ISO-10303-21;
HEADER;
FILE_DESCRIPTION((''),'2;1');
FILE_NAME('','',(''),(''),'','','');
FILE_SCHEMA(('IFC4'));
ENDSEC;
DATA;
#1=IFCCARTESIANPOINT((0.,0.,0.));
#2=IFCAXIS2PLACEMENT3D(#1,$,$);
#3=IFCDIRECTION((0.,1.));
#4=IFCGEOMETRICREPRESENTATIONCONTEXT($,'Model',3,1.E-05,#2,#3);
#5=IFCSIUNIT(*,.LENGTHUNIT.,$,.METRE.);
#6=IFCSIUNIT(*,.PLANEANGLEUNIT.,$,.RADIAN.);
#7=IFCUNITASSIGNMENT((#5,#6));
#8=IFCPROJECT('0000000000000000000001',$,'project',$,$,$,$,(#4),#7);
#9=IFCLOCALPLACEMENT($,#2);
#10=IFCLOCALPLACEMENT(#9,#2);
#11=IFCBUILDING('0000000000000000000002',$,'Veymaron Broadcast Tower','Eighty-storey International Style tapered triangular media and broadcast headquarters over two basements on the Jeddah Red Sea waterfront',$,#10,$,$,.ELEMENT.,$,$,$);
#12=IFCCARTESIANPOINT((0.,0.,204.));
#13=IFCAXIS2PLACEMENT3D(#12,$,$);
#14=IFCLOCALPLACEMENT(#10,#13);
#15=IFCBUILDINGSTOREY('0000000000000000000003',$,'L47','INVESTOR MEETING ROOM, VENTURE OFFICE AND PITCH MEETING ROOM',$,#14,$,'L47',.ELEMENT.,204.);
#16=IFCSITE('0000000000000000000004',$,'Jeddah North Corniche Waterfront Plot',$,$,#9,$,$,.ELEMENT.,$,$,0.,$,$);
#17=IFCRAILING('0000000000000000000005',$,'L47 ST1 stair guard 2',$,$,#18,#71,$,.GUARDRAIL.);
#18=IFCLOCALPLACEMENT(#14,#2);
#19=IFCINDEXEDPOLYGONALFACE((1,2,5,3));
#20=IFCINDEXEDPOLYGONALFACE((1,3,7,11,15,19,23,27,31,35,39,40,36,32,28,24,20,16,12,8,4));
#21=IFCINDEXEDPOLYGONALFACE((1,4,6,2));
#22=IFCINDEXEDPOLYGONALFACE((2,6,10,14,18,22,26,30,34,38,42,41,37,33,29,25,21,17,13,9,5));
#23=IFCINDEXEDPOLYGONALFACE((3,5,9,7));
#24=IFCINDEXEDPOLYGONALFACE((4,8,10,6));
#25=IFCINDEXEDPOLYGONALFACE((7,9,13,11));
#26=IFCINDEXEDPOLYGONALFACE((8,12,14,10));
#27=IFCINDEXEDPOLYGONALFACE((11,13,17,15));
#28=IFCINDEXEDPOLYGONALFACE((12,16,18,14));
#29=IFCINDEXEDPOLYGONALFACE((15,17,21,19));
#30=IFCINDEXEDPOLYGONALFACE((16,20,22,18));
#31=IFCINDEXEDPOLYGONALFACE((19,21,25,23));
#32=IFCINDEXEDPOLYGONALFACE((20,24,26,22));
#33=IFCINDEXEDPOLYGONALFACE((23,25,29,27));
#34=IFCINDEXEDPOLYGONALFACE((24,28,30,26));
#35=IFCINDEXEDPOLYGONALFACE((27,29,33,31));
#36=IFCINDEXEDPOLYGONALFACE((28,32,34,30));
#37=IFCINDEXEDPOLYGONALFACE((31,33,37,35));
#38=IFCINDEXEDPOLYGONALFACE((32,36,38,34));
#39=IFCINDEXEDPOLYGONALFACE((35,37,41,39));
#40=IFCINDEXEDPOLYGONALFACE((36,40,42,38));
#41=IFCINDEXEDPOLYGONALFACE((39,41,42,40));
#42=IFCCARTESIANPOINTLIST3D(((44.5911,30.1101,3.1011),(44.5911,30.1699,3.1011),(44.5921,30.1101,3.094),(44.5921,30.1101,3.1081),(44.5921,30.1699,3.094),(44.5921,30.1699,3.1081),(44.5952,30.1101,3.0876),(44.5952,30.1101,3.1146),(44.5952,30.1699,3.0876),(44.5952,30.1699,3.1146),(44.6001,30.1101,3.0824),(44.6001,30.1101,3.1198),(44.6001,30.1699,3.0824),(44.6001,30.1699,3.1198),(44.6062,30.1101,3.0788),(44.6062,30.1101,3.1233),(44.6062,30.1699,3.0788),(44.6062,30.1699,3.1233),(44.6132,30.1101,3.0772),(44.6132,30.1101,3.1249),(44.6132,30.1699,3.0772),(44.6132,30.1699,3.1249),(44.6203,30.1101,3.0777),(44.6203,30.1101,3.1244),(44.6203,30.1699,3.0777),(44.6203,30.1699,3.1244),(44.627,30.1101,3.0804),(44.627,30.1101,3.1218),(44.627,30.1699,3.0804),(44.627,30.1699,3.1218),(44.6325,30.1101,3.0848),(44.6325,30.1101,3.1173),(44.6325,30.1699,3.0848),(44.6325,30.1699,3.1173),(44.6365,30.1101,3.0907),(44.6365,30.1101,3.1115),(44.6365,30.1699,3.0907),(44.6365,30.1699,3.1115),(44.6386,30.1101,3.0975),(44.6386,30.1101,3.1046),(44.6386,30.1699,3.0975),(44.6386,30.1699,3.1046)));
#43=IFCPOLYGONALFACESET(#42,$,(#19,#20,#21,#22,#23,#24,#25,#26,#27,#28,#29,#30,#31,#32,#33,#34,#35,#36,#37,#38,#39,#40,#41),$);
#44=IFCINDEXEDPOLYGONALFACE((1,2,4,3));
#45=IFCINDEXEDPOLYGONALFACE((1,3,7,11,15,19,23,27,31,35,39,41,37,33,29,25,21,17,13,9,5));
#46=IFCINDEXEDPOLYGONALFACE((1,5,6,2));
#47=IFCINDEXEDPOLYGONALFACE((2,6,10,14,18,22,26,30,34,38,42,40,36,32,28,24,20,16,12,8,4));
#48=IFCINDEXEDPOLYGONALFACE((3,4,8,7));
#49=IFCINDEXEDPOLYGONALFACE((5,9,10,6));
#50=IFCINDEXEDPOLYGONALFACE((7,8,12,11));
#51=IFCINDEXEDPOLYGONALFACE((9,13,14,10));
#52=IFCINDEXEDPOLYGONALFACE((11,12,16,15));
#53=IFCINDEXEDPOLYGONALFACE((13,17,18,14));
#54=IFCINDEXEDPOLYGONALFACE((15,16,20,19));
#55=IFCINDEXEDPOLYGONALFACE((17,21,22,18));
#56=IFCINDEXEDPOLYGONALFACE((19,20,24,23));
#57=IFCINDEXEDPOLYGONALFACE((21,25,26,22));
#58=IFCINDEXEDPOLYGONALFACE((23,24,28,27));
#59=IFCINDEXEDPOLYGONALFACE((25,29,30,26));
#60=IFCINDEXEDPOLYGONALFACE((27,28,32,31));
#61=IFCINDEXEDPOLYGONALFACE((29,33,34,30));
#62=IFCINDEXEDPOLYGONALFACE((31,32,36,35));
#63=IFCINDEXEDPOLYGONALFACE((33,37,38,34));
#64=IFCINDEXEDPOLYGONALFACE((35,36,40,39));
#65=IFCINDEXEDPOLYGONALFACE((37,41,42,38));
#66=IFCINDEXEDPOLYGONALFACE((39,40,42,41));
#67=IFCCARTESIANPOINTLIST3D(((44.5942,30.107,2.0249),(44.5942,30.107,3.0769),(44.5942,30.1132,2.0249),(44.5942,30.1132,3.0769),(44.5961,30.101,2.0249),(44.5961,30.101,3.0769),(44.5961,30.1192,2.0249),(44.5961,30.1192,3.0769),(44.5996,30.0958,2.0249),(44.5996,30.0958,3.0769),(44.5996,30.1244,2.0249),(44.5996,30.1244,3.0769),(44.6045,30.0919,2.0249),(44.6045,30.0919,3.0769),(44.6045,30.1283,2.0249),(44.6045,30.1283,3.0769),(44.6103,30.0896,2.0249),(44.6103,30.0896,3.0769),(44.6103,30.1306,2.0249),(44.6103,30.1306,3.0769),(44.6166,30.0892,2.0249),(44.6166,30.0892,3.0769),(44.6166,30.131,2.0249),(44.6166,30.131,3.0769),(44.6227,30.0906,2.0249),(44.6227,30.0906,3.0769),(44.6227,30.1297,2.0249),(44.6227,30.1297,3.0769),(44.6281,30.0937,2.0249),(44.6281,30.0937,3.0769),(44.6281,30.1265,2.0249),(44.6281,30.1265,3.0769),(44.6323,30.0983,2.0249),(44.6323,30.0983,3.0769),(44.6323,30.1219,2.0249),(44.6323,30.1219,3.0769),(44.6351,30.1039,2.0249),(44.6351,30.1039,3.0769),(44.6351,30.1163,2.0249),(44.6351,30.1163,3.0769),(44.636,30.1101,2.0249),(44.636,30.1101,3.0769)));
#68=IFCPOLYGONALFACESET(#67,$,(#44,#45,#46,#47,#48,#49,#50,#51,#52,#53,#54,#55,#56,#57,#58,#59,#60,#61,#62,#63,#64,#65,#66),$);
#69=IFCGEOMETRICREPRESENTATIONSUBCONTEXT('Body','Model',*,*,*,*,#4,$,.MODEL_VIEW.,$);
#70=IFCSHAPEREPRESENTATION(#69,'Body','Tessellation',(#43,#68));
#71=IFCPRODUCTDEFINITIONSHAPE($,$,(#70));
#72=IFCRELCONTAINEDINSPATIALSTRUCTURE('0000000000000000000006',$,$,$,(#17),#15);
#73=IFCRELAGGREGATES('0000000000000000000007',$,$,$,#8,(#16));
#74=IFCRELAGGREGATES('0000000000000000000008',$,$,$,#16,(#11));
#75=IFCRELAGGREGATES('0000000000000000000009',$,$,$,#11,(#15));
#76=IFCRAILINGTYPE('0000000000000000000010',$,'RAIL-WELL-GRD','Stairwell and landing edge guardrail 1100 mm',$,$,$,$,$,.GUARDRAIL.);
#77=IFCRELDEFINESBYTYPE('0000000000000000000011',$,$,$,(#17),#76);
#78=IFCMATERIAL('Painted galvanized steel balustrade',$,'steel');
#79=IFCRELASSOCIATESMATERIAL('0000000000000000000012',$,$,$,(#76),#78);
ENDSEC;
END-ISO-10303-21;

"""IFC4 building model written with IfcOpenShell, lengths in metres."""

from ifc_helpers import new_model, si_unit, direction, frame, origin, origin_2d, place, context, subcontext, project, spatial, circle, extrude, material, type_object, element, save


model = new_model("IFC4")

# Units and contexts
model_context = context("Model", 3, precision=1e-05, world=origin(), true_north=direction((0.0, 1.0)))
body_context = subcontext(model_context, "Body", "Model", "MODEL_VIEW")
ifc_project = project(units=[si_unit("LENGTHUNIT", "METRE"), si_unit("PLANEANGLEUNIT", "RADIAN")], contexts=[model_context])

# Site, building, storey
site_placement = place(None, origin())
site = spatial("IfcSite", under=ifc_project, at=site_placement, Name="Jeddah North Corniche Waterfront Plot", CompositionType="ELEMENT", RefElevation=0.0)
building_placement = place(site_placement, origin())
building = spatial("IfcBuilding", under=site, at=building_placement, Name="Veymaron Broadcast Tower", Description="Eighty-storey International Style tapered triangular media and broadcast headquarters over two basements on the Jeddah Red Sea waterfront", CompositionType="ELEMENT")
storey_placement = place(building_placement, frame((0.0, 0.0, 204.0)))
storey = spatial("IfcBuildingStorey", under=building, at=storey_placement, Name="L47", Description="INVESTOR MEETING ROOM, VENTURE OFFICE AND PITCH MEETING ROOM", LongName="L47", CompositionType="ELEMENT", Elevation=204.0)

# Railing
ifc_material_1 = material(Name="Painted galvanized steel balustrade", Category="steel")
railing_type_1 = type_object("IfcRailingType", Name="RAIL-WELL-GRD", Description="Stairwell and landing edge guardrail 1100 mm", PredefinedType="GUARDRAIL", material=ifc_material_1)
railing_1_placement = place(storey_placement, frame((44.615, 30.1101, 2.0249)))
element("IfcRailing", 1, at=railing_1_placement, inside=storey, type_object=railing_type_1, Name="L47 ST1 stair guard 2", PredefinedType="GUARDRAIL", context=body_context, shape_type="SweptSolid", body=[
    extrude(circle(Radius=0.0239, at=origin_2d()), frame((0.0, 0.0, 1.0762), z_axis=(0.0, 1.0, 0.0), x_axis=(-1.0, 0.0, 0.0)), (0.0, 0.0, 1.0), 0.0598),
    extrude(circle(Radius=0.021, at=origin_2d()), origin(), (0.0, 0.0, 1.0), 1.052),
])

save(model, "model.ifc")
